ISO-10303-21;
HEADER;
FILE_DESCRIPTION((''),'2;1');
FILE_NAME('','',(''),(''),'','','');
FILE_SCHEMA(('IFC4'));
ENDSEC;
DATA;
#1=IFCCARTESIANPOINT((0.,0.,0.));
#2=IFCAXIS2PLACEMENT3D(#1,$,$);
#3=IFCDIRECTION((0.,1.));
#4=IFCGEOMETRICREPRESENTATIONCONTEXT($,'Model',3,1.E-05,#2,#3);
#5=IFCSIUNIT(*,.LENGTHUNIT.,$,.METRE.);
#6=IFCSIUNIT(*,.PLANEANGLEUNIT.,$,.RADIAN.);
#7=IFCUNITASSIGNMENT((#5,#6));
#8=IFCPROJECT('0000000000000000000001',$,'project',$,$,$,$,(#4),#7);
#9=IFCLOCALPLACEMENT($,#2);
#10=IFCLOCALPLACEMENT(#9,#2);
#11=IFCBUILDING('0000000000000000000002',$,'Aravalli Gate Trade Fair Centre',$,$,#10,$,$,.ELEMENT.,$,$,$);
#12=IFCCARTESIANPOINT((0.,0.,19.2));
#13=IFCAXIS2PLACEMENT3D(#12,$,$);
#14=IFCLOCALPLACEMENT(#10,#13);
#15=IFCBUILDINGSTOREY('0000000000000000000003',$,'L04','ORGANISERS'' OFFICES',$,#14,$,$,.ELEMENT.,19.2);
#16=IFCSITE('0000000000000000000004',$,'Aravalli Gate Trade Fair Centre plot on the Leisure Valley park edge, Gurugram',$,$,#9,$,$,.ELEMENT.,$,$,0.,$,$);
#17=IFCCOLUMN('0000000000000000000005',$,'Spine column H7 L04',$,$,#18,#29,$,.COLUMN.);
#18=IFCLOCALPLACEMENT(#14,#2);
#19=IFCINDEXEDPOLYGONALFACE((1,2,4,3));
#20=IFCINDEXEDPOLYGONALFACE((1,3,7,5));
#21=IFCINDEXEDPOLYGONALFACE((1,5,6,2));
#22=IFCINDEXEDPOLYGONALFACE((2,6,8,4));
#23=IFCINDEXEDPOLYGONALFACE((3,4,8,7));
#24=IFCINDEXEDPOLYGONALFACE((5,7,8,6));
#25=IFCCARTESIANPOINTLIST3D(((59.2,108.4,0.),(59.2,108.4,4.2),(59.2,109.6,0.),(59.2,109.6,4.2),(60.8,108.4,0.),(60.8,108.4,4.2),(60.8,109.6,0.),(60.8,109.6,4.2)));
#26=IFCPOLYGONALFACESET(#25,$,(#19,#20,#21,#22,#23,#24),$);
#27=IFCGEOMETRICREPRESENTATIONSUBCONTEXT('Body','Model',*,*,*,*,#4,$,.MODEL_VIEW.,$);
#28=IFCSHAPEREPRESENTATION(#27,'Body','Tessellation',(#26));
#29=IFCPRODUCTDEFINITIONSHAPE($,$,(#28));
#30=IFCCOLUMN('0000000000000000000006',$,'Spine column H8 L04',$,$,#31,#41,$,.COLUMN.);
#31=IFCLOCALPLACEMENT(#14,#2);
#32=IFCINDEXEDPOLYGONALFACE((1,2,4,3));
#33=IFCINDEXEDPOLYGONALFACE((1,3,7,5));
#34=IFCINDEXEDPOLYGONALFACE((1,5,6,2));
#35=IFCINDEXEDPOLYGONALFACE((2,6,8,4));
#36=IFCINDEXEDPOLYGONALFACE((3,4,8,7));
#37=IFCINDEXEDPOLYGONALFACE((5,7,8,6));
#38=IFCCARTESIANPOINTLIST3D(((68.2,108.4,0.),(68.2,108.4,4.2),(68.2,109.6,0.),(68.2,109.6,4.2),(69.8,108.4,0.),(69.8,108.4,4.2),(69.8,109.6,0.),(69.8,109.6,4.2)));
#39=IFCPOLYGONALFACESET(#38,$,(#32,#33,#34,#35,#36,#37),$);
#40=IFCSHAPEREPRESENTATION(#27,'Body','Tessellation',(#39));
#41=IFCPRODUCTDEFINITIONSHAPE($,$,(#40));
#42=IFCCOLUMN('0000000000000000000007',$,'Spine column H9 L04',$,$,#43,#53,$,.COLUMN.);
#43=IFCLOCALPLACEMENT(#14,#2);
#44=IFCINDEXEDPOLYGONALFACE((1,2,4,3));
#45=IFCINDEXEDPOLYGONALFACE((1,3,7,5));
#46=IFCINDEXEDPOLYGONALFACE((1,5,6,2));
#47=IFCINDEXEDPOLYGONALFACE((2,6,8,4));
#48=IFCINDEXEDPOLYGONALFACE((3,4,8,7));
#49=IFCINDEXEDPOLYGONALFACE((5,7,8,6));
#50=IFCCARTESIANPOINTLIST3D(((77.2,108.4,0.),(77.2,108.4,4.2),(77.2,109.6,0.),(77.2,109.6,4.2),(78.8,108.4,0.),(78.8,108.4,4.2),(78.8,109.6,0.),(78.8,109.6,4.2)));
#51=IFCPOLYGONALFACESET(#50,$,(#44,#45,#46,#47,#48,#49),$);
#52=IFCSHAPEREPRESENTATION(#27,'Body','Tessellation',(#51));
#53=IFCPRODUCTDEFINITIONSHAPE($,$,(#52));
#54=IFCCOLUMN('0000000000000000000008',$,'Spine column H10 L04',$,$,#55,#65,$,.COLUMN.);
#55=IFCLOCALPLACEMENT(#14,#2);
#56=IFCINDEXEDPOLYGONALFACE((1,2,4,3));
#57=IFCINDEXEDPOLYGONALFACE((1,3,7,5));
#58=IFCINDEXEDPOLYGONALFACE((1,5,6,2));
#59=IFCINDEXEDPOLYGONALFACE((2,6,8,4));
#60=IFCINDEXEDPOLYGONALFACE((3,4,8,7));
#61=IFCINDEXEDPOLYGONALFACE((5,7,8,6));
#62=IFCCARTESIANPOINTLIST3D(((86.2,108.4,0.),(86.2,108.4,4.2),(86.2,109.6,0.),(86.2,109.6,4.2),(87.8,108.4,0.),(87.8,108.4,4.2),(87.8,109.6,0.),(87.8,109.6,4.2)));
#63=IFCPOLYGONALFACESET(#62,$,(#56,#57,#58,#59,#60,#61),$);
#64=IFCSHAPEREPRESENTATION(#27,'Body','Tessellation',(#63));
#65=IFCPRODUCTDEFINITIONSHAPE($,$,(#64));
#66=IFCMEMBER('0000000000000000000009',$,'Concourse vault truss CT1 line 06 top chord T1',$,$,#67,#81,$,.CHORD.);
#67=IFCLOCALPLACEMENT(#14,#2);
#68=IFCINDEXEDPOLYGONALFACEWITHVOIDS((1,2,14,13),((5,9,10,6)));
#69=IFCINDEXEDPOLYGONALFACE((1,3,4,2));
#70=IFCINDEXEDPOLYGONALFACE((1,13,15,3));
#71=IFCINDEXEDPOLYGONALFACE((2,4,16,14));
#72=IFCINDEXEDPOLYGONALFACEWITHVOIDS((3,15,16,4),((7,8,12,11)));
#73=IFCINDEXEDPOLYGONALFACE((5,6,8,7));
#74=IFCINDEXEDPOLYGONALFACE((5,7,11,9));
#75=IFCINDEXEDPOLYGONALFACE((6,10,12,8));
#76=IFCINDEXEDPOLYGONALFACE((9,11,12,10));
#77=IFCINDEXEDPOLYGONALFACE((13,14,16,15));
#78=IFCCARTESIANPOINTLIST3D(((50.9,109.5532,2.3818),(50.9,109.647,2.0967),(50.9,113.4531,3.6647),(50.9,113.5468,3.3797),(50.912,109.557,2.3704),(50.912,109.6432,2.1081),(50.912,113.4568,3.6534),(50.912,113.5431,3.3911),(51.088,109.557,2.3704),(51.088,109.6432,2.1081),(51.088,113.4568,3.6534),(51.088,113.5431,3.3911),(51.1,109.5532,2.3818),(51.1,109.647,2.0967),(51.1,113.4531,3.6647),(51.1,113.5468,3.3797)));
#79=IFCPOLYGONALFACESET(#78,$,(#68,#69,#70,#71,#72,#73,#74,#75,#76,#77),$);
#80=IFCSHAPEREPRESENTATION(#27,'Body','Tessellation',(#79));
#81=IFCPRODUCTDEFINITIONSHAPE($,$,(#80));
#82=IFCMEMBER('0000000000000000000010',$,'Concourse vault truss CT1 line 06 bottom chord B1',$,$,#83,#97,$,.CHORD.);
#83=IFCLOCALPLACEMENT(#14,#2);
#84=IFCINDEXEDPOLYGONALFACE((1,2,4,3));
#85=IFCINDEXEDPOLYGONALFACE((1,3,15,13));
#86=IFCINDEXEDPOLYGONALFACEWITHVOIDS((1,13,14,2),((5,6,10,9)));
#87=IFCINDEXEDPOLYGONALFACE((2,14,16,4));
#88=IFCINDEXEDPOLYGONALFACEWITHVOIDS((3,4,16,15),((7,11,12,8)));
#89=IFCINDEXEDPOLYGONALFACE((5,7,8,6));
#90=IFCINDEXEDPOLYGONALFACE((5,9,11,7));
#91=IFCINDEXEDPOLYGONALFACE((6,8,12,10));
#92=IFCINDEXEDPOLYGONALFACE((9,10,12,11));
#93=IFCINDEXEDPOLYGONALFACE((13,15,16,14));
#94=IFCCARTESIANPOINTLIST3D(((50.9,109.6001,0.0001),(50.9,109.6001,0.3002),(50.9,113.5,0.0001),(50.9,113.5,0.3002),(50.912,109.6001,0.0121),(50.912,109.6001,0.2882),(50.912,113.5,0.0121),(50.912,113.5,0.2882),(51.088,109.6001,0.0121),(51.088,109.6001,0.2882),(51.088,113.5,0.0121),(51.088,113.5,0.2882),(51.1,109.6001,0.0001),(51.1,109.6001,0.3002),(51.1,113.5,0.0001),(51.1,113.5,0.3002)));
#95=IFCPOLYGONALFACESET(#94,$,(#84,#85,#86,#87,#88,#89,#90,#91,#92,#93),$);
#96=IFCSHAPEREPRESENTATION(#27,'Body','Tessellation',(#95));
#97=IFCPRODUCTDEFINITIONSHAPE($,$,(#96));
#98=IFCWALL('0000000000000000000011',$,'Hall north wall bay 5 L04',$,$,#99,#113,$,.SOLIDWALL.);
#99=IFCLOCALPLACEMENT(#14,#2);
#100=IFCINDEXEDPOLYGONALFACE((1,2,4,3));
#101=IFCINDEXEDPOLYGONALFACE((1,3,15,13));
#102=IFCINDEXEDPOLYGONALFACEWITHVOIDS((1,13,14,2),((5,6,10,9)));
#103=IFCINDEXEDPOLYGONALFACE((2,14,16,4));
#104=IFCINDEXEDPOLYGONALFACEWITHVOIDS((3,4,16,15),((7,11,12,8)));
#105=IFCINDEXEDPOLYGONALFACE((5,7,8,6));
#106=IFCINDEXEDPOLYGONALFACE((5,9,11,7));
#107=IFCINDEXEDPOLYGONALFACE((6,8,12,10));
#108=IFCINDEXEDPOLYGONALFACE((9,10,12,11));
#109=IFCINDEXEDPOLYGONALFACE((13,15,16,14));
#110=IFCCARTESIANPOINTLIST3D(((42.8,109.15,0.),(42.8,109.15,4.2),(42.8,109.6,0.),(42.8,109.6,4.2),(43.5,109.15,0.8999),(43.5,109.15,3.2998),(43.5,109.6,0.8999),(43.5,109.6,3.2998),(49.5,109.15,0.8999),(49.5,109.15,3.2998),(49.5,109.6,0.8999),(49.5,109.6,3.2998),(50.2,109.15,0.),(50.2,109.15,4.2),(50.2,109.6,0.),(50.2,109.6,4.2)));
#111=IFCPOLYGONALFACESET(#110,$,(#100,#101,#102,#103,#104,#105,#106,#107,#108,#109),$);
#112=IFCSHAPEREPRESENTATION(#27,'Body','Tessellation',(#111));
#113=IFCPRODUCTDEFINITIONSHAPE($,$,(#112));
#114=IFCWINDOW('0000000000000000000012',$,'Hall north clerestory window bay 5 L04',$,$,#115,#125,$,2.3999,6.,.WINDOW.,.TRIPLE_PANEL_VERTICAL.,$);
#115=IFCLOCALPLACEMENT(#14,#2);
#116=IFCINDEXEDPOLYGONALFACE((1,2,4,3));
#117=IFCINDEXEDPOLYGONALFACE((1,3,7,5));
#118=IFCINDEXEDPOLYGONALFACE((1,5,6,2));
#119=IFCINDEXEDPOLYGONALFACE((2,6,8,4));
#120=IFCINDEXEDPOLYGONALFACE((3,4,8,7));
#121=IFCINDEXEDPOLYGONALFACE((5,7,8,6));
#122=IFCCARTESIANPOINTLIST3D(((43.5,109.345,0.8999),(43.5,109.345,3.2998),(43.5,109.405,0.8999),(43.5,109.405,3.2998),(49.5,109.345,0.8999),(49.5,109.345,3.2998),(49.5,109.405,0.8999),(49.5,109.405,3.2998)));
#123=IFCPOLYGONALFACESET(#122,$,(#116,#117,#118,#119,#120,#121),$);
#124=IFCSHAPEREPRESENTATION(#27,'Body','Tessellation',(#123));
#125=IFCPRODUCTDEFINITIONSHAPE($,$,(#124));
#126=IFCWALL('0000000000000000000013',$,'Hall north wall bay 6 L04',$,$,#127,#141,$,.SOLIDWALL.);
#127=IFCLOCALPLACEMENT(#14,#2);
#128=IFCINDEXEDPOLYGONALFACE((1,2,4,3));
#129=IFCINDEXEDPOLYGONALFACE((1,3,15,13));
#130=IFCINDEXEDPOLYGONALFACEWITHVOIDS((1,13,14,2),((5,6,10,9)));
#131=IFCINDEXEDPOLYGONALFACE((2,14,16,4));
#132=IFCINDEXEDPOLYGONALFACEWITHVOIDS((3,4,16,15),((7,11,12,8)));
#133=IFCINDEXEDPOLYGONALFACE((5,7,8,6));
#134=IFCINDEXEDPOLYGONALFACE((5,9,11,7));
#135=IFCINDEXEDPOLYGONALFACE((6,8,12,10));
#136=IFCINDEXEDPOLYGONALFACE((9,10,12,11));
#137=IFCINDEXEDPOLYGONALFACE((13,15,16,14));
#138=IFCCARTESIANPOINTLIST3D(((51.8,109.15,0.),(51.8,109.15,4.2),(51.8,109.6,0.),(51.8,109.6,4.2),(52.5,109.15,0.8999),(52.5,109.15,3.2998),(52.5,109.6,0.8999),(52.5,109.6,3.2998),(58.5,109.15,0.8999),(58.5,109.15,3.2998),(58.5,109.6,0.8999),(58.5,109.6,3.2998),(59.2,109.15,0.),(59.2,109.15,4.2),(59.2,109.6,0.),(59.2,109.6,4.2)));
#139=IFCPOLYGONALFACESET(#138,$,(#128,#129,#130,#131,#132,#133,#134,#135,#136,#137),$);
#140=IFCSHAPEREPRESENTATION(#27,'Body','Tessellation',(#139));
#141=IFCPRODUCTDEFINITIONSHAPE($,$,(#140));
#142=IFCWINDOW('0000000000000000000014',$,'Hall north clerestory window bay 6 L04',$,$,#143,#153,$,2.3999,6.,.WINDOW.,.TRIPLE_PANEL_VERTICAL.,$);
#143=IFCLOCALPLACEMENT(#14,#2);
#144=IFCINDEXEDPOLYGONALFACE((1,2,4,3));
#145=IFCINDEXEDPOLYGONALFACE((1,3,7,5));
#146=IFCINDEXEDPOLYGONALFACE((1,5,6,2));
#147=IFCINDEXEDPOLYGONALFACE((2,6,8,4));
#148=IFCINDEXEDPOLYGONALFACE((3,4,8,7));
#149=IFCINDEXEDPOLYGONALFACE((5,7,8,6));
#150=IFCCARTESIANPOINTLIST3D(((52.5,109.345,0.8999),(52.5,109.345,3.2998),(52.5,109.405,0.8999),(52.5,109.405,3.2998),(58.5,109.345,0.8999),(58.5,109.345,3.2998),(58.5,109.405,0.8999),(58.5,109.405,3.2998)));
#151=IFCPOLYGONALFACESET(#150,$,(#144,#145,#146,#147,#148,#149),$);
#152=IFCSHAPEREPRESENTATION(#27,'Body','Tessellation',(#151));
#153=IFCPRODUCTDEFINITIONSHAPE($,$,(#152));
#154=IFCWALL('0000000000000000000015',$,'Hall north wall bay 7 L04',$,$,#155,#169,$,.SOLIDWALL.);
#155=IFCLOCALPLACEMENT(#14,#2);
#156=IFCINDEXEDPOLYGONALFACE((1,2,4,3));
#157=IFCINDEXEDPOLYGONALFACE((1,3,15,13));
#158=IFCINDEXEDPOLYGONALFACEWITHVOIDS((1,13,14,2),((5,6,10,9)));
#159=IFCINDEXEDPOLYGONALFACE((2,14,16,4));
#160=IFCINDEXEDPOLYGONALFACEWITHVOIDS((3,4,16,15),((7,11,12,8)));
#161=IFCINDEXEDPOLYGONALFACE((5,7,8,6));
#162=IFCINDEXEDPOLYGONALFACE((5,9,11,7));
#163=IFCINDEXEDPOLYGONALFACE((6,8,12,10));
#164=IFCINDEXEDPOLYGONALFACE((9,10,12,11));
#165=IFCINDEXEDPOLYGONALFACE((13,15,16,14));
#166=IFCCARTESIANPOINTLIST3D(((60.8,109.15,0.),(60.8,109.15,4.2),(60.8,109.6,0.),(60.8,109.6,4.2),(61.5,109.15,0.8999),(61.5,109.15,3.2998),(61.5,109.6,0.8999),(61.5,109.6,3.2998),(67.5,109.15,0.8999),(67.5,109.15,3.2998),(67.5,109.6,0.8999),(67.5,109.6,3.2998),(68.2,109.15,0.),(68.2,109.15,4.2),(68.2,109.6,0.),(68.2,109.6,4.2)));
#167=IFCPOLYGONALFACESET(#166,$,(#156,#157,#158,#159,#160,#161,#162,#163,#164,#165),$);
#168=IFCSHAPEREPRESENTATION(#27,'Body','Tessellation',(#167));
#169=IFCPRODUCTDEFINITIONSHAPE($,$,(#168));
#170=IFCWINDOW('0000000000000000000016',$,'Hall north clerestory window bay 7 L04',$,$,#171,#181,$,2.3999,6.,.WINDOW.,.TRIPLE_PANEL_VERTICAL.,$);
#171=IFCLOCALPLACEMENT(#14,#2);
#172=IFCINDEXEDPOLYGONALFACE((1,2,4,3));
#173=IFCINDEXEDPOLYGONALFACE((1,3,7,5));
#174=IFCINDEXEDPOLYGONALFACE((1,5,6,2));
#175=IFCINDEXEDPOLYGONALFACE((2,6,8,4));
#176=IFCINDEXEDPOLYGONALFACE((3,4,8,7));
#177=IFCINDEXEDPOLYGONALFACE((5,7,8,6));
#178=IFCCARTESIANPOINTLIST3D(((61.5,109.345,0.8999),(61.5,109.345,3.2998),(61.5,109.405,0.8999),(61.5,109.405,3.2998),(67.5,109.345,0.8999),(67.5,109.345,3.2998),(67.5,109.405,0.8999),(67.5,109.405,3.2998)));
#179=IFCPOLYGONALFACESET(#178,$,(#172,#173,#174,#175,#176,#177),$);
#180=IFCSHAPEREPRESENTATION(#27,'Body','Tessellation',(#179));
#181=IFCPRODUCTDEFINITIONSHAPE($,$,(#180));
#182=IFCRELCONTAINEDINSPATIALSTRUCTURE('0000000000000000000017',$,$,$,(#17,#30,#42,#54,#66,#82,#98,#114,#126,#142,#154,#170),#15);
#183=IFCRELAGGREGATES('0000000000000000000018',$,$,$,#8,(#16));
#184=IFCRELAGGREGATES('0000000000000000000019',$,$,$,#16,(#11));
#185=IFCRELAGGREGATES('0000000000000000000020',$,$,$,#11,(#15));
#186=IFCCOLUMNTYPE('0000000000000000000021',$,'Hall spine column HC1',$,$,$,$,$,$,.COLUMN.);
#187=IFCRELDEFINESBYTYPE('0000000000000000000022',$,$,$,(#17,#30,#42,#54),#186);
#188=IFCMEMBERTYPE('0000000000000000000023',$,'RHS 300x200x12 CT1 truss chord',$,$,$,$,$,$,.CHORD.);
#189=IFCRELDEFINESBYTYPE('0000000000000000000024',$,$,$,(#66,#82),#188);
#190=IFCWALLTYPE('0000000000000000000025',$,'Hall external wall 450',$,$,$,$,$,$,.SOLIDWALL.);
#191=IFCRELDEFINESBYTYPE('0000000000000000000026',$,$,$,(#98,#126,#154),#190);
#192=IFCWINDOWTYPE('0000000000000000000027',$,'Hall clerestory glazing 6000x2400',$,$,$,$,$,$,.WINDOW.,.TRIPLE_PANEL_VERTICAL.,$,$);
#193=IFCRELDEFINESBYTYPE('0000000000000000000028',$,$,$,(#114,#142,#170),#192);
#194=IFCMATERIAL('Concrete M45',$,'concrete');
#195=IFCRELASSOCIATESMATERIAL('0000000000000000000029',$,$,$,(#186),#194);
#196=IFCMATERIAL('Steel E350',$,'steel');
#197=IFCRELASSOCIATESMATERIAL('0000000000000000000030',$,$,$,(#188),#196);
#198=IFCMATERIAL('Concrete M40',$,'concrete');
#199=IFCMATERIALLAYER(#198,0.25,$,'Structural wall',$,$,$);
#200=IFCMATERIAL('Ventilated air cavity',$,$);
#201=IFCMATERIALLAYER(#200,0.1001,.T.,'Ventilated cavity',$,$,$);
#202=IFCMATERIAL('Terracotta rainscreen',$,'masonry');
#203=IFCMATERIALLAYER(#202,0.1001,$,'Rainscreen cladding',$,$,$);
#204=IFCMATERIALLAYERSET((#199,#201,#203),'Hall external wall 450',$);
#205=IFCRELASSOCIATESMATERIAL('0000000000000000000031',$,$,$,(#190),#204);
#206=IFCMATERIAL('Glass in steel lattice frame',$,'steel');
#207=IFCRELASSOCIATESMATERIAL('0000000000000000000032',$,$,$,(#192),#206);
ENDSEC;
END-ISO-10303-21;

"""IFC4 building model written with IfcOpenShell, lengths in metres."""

from ifc_helpers import new_model, si_unit, direction, frame, frame_2d, origin, origin_2d, place, context, subcontext, project, spatial, rectangle, hollow_rectangle, extrude, material, layer, layer_set, material_profile, profile_set, type_object, element, fill, save


model = new_model("IFC4")

# Units and contexts
model_context = context("Model", 3, precision=1e-05, world=origin(), true_north=direction((0.0, 1.0)))
body_context = subcontext(model_context, "Body", "Model", "MODEL_VIEW")
ifc_project = project(units=[si_unit("LENGTHUNIT", "METRE"), si_unit("PLANEANGLEUNIT", "RADIAN")], contexts=[model_context])

# Site, building, storey
site_placement = place(None, origin())
site = spatial("IfcSite", under=ifc_project, at=site_placement, Name="Aravalli Gate Trade Fair Centre plot on the Leisure Valley park edge, Gurugram", CompositionType="ELEMENT", RefElevation=0.0)
building_placement = place(site_placement, origin())
building = spatial("IfcBuilding", under=site, at=building_placement, Name="Aravalli Gate Trade Fair Centre", CompositionType="ELEMENT")
storey_placement = place(building_placement, frame((0.0, 0.0, 19.2)))
storey = spatial("IfcBuildingStorey", under=building, at=storey_placement, Name="L04", Description="ORGANISERS' OFFICES", CompositionType="ELEMENT", Elevation=19.2)

# Columns
ifc_material_1 = material(Name="Concrete M45", Category="concrete")
ifc_material_profile_1 = material_profile(ifc_material_1, rectangle(XDim=1.6001, YDim=1.2, at=origin_2d()), Name="RC 1600x1200")
ifc_profile_set_1 = profile_set([ifc_material_profile_1], Name="Concrete M45")
column_type = type_object("IfcColumnType", Name="Hall spine column HC1", PredefinedType="COLUMN", material=ifc_profile_set_1)
for number, where, z_axis, x_axis, name in (
    (1, (60.0, 109.0, 0.0), (0.0, 0.0, 1.0), (1.0, 0.0, 0.0), "Spine column H7 L04"),
    (2, (69.0, 109.0, 0.0), (0.0, 0.0, 1.0), (1.0, 0.0, 0.0), "Spine column H8 L04"),
    (3, (78.0, 109.0, 0.0), (0.0, 0.0, 1.0), (1.0, 0.0, 0.0), "Spine column H9 L04"),
    (4, (87.0, 109.0, 0.0), (0.0, 0.0, 1.0), (1.0, 0.0, 0.0), "Spine column H10 L04"),
):
    element("IfcColumn", number, at=place(storey_placement, frame(where, z_axis=z_axis, x_axis=x_axis)), inside=storey, type_object=column_type, Name=name, PredefinedType="COLUMN", context=body_context, shape_type="SweptSolid", body=[
        extrude(rectangle(XDim=1.6001, YDim=1.2, at=origin_2d()), origin(), (0.0, 0.0, 1.0), 4.2),
    ])

# Members
ifc_material_2 = material(Name="Steel E350", Category="steel")
ifc_material_profile_2 = material_profile(ifc_material_2, hollow_rectangle(XDim=0.2, YDim=0.3, WallThickness=0.012, at=origin_2d()), Name="RHS 300x200x12")
ifc_profile_set_2 = profile_set([ifc_material_profile_2], Name="Steel E350")
member_type = type_object("IfcMemberType", Name="RHS 300x200x12 CT1 truss chord", PredefinedType="CHORD", material=ifc_profile_set_2)
member_1_placement = place(storey_placement, frame((51.0, 109.6001, 2.2393), z_axis=(0.0, 0.949919, 0.312497), x_axis=(-1.0, 0.0, 0.0)))
element("IfcMember", 5, at=member_1_placement, inside=storey, type_object=member_type, Name="Concourse vault truss CT1 line 06 top chord T1", PredefinedType="CHORD", context=body_context, shape_type="SweptSolid", body=[
    extrude(hollow_rectangle(XDim=0.2, YDim=0.3, WallThickness=0.012, at=origin_2d()), origin(), (0.0, 0.0, 1.0), 4.1055),
])
member_2_placement = place(storey_placement, frame((51.0, 109.6001, 0.1501), z_axis=(0.0, 1.0, 0.0), x_axis=(-1.0, 0.0, 0.0)))
element("IfcMember", 6, at=member_2_placement, inside=storey, type_object=member_type, Name="Concourse vault truss CT1 line 06 bottom chord B1", PredefinedType="CHORD", context=body_context, shape_type="SweptSolid", body=[
    extrude(hollow_rectangle(XDim=0.2, YDim=0.3, WallThickness=0.012, at=origin_2d()), origin(), (0.0, 0.0, 1.0), 3.8999),
])

# Walls, openings, windows
ifc_material_3 = material(Name="Concrete M40", Category="concrete")
ifc_layer_1 = layer(ifc_material_3, 0.25, Name="Structural wall")
ifc_material_4 = material(Name="Ventilated air cavity")
ifc_layer_2 = layer(ifc_material_4, 0.1001, ventilated=True, Name="Ventilated cavity")
ifc_material_5 = material(Name="Terracotta rainscreen", Category="masonry")
ifc_layer_3 = layer(ifc_material_5, 0.1001, Name="Rainscreen cladding")
ifc_layer_set = layer_set([ifc_layer_1, ifc_layer_2, ifc_layer_3], Name="Hall external wall 450")
wall_type = type_object("IfcWallType", Name="Hall external wall 450", PredefinedType="SOLIDWALL", material=ifc_layer_set)
wall_1_placement = place(storey_placement, frame((42.8, 109.375, 0.0), z_axis=(0.0, 0.0, 1.0), x_axis=(1.0, 0.0, 0.0)))
wall_1 = element("IfcWall", 7, at=wall_1_placement, inside=storey, type_object=wall_type, Name="Hall north wall bay 5 L04", PredefinedType="SOLIDWALL", context=body_context, shape_type="SweptSolid", body=[
    extrude(rectangle(XDim=7.3999, YDim=0.45, at=frame_2d((3.7, 0.0))), origin(), (0.0, 0.0, 1.0), 4.2),
])
opening_1_placement = place(wall_1_placement, frame((0.7, 0.0, 0.8999)))
opening_1 = element("IfcOpeningElement", 8, at=opening_1_placement, cuts=wall_1, PredefinedType="OPENING", context=body_context, shape_type="SweptSolid", body=[
    extrude(rectangle(XDim=6.0, YDim=2.3999, at=frame_2d((3.0, 1.2))), frame((0.0, 0.2349, 0.0), z_axis=(0.0, -1.0, 0.0), x_axis=(1.0, 0.0, 0.0)), (0.0, 0.0, 1.0), 0.47),
])
ifc_material_6 = material(Name="Glass in steel lattice frame", Category="steel")
window_type = type_object("IfcWindowType", Name="Hall clerestory glazing 6000x2400", PartitioningType="TRIPLE_PANEL_VERTICAL", PredefinedType="WINDOW", material=ifc_material_6)
window_1_placement = place(opening_1_placement, origin())
window_1 = element("IfcWindow", 9, at=window_1_placement, inside=storey, type_object=window_type, Name="Hall north clerestory window bay 5 L04", OverallHeight=2.3999, OverallWidth=6.0, PartitioningType="TRIPLE_PANEL_VERTICAL", PredefinedType="WINDOW", context=body_context, shape_type="SweptSolid", body=[
    extrude(rectangle(XDim=6.0, YDim=2.3999, at=frame_2d((3.0, 1.2))), frame((0.0, 0.03, 0.0), z_axis=(0.0, -1.0, 0.0), x_axis=(1.0, 0.0, 0.0)), (0.0, 0.0, 1.0), 0.0601),
])
fill(opening_1, window_1)
wall_2_placement = place(storey_placement, frame((51.8, 109.375, 0.0), z_axis=(0.0, 0.0, 1.0), x_axis=(1.0, 0.0, 0.0)))
wall_2 = element("IfcWall", 10, at=wall_2_placement, inside=storey, type_object=wall_type, Name="Hall north wall bay 6 L04", PredefinedType="SOLIDWALL", context=body_context, shape_type="SweptSolid", body=[
    extrude(rectangle(XDim=7.3999, YDim=0.45, at=frame_2d((3.7, 0.0))), origin(), (0.0, 0.0, 1.0), 4.2),
])
opening_2_placement = place(wall_2_placement, frame((0.7, 0.0, 0.8999)))
opening_2 = element("IfcOpeningElement", 11, at=opening_2_placement, cuts=wall_2, PredefinedType="OPENING", context=body_context, shape_type="SweptSolid", body=[
    extrude(rectangle(XDim=6.0, YDim=2.3999, at=frame_2d((3.0, 1.2))), frame((0.0, 0.2349, 0.0), z_axis=(0.0, -1.0, 0.0), x_axis=(1.0, 0.0, 0.0)), (0.0, 0.0, 1.0), 0.47),
])
window_2_placement = place(opening_2_placement, origin())
window_2 = element("IfcWindow", 12, at=window_2_placement, inside=storey, type_object=window_type, Name="Hall north clerestory window bay 6 L04", OverallHeight=2.3999, OverallWidth=6.0, PartitioningType="TRIPLE_PANEL_VERTICAL", PredefinedType="WINDOW", context=body_context, shape_type="SweptSolid", body=[
    extrude(rectangle(XDim=6.0, YDim=2.3999, at=frame_2d((3.0, 1.2))), frame((0.0, 0.03, 0.0), z_axis=(0.0, -1.0, 0.0), x_axis=(1.0, 0.0, 0.0)), (0.0, 0.0, 1.0), 0.0601),
])
fill(opening_2, window_2)
wall_3_placement = place(storey_placement, frame((60.8, 109.375, 0.0), z_axis=(0.0, 0.0, 1.0), x_axis=(1.0, 0.0, 0.0)))
wall_3 = element("IfcWall", 13, at=wall_3_placement, inside=storey, type_object=wall_type, Name="Hall north wall bay 7 L04", PredefinedType="SOLIDWALL", context=body_context, shape_type="SweptSolid", body=[
    extrude(rectangle(XDim=7.3999, YDim=0.45, at=frame_2d((3.7, 0.0))), origin(), (0.0, 0.0, 1.0), 4.2),
])
opening_3_placement = place(wall_3_placement, frame((0.7, 0.0, 0.8999)))
opening_3 = element("IfcOpeningElement", 14, at=opening_3_placement, cuts=wall_3, PredefinedType="OPENING", context=body_context, shape_type="SweptSolid", body=[
    extrude(rectangle(XDim=6.0, YDim=2.3999, at=frame_2d((3.0, 1.2))), frame((0.0, 0.2349, 0.0), z_axis=(0.0, -1.0, 0.0), x_axis=(1.0, 0.0, 0.0)), (0.0, 0.0, 1.0), 0.47),
])
window_3_placement = place(opening_3_placement, origin())
window_3 = element("IfcWindow", 15, at=window_3_placement, inside=storey, type_object=window_type, Name="Hall north clerestory window bay 7 L04", OverallHeight=2.3999, OverallWidth=6.0, PartitioningType="TRIPLE_PANEL_VERTICAL", PredefinedType="WINDOW", context=body_context, shape_type="SweptSolid", body=[
    extrude(rectangle(XDim=6.0, YDim=2.3999, at=frame_2d((3.0, 1.2))), frame((0.0, 0.03, 0.0), z_axis=(0.0, -1.0, 0.0), x_axis=(1.0, 0.0, 0.0)), (0.0, 0.0, 1.0), 0.0601),
])
fill(opening_3, window_3)

save(model, "model.ifc")
